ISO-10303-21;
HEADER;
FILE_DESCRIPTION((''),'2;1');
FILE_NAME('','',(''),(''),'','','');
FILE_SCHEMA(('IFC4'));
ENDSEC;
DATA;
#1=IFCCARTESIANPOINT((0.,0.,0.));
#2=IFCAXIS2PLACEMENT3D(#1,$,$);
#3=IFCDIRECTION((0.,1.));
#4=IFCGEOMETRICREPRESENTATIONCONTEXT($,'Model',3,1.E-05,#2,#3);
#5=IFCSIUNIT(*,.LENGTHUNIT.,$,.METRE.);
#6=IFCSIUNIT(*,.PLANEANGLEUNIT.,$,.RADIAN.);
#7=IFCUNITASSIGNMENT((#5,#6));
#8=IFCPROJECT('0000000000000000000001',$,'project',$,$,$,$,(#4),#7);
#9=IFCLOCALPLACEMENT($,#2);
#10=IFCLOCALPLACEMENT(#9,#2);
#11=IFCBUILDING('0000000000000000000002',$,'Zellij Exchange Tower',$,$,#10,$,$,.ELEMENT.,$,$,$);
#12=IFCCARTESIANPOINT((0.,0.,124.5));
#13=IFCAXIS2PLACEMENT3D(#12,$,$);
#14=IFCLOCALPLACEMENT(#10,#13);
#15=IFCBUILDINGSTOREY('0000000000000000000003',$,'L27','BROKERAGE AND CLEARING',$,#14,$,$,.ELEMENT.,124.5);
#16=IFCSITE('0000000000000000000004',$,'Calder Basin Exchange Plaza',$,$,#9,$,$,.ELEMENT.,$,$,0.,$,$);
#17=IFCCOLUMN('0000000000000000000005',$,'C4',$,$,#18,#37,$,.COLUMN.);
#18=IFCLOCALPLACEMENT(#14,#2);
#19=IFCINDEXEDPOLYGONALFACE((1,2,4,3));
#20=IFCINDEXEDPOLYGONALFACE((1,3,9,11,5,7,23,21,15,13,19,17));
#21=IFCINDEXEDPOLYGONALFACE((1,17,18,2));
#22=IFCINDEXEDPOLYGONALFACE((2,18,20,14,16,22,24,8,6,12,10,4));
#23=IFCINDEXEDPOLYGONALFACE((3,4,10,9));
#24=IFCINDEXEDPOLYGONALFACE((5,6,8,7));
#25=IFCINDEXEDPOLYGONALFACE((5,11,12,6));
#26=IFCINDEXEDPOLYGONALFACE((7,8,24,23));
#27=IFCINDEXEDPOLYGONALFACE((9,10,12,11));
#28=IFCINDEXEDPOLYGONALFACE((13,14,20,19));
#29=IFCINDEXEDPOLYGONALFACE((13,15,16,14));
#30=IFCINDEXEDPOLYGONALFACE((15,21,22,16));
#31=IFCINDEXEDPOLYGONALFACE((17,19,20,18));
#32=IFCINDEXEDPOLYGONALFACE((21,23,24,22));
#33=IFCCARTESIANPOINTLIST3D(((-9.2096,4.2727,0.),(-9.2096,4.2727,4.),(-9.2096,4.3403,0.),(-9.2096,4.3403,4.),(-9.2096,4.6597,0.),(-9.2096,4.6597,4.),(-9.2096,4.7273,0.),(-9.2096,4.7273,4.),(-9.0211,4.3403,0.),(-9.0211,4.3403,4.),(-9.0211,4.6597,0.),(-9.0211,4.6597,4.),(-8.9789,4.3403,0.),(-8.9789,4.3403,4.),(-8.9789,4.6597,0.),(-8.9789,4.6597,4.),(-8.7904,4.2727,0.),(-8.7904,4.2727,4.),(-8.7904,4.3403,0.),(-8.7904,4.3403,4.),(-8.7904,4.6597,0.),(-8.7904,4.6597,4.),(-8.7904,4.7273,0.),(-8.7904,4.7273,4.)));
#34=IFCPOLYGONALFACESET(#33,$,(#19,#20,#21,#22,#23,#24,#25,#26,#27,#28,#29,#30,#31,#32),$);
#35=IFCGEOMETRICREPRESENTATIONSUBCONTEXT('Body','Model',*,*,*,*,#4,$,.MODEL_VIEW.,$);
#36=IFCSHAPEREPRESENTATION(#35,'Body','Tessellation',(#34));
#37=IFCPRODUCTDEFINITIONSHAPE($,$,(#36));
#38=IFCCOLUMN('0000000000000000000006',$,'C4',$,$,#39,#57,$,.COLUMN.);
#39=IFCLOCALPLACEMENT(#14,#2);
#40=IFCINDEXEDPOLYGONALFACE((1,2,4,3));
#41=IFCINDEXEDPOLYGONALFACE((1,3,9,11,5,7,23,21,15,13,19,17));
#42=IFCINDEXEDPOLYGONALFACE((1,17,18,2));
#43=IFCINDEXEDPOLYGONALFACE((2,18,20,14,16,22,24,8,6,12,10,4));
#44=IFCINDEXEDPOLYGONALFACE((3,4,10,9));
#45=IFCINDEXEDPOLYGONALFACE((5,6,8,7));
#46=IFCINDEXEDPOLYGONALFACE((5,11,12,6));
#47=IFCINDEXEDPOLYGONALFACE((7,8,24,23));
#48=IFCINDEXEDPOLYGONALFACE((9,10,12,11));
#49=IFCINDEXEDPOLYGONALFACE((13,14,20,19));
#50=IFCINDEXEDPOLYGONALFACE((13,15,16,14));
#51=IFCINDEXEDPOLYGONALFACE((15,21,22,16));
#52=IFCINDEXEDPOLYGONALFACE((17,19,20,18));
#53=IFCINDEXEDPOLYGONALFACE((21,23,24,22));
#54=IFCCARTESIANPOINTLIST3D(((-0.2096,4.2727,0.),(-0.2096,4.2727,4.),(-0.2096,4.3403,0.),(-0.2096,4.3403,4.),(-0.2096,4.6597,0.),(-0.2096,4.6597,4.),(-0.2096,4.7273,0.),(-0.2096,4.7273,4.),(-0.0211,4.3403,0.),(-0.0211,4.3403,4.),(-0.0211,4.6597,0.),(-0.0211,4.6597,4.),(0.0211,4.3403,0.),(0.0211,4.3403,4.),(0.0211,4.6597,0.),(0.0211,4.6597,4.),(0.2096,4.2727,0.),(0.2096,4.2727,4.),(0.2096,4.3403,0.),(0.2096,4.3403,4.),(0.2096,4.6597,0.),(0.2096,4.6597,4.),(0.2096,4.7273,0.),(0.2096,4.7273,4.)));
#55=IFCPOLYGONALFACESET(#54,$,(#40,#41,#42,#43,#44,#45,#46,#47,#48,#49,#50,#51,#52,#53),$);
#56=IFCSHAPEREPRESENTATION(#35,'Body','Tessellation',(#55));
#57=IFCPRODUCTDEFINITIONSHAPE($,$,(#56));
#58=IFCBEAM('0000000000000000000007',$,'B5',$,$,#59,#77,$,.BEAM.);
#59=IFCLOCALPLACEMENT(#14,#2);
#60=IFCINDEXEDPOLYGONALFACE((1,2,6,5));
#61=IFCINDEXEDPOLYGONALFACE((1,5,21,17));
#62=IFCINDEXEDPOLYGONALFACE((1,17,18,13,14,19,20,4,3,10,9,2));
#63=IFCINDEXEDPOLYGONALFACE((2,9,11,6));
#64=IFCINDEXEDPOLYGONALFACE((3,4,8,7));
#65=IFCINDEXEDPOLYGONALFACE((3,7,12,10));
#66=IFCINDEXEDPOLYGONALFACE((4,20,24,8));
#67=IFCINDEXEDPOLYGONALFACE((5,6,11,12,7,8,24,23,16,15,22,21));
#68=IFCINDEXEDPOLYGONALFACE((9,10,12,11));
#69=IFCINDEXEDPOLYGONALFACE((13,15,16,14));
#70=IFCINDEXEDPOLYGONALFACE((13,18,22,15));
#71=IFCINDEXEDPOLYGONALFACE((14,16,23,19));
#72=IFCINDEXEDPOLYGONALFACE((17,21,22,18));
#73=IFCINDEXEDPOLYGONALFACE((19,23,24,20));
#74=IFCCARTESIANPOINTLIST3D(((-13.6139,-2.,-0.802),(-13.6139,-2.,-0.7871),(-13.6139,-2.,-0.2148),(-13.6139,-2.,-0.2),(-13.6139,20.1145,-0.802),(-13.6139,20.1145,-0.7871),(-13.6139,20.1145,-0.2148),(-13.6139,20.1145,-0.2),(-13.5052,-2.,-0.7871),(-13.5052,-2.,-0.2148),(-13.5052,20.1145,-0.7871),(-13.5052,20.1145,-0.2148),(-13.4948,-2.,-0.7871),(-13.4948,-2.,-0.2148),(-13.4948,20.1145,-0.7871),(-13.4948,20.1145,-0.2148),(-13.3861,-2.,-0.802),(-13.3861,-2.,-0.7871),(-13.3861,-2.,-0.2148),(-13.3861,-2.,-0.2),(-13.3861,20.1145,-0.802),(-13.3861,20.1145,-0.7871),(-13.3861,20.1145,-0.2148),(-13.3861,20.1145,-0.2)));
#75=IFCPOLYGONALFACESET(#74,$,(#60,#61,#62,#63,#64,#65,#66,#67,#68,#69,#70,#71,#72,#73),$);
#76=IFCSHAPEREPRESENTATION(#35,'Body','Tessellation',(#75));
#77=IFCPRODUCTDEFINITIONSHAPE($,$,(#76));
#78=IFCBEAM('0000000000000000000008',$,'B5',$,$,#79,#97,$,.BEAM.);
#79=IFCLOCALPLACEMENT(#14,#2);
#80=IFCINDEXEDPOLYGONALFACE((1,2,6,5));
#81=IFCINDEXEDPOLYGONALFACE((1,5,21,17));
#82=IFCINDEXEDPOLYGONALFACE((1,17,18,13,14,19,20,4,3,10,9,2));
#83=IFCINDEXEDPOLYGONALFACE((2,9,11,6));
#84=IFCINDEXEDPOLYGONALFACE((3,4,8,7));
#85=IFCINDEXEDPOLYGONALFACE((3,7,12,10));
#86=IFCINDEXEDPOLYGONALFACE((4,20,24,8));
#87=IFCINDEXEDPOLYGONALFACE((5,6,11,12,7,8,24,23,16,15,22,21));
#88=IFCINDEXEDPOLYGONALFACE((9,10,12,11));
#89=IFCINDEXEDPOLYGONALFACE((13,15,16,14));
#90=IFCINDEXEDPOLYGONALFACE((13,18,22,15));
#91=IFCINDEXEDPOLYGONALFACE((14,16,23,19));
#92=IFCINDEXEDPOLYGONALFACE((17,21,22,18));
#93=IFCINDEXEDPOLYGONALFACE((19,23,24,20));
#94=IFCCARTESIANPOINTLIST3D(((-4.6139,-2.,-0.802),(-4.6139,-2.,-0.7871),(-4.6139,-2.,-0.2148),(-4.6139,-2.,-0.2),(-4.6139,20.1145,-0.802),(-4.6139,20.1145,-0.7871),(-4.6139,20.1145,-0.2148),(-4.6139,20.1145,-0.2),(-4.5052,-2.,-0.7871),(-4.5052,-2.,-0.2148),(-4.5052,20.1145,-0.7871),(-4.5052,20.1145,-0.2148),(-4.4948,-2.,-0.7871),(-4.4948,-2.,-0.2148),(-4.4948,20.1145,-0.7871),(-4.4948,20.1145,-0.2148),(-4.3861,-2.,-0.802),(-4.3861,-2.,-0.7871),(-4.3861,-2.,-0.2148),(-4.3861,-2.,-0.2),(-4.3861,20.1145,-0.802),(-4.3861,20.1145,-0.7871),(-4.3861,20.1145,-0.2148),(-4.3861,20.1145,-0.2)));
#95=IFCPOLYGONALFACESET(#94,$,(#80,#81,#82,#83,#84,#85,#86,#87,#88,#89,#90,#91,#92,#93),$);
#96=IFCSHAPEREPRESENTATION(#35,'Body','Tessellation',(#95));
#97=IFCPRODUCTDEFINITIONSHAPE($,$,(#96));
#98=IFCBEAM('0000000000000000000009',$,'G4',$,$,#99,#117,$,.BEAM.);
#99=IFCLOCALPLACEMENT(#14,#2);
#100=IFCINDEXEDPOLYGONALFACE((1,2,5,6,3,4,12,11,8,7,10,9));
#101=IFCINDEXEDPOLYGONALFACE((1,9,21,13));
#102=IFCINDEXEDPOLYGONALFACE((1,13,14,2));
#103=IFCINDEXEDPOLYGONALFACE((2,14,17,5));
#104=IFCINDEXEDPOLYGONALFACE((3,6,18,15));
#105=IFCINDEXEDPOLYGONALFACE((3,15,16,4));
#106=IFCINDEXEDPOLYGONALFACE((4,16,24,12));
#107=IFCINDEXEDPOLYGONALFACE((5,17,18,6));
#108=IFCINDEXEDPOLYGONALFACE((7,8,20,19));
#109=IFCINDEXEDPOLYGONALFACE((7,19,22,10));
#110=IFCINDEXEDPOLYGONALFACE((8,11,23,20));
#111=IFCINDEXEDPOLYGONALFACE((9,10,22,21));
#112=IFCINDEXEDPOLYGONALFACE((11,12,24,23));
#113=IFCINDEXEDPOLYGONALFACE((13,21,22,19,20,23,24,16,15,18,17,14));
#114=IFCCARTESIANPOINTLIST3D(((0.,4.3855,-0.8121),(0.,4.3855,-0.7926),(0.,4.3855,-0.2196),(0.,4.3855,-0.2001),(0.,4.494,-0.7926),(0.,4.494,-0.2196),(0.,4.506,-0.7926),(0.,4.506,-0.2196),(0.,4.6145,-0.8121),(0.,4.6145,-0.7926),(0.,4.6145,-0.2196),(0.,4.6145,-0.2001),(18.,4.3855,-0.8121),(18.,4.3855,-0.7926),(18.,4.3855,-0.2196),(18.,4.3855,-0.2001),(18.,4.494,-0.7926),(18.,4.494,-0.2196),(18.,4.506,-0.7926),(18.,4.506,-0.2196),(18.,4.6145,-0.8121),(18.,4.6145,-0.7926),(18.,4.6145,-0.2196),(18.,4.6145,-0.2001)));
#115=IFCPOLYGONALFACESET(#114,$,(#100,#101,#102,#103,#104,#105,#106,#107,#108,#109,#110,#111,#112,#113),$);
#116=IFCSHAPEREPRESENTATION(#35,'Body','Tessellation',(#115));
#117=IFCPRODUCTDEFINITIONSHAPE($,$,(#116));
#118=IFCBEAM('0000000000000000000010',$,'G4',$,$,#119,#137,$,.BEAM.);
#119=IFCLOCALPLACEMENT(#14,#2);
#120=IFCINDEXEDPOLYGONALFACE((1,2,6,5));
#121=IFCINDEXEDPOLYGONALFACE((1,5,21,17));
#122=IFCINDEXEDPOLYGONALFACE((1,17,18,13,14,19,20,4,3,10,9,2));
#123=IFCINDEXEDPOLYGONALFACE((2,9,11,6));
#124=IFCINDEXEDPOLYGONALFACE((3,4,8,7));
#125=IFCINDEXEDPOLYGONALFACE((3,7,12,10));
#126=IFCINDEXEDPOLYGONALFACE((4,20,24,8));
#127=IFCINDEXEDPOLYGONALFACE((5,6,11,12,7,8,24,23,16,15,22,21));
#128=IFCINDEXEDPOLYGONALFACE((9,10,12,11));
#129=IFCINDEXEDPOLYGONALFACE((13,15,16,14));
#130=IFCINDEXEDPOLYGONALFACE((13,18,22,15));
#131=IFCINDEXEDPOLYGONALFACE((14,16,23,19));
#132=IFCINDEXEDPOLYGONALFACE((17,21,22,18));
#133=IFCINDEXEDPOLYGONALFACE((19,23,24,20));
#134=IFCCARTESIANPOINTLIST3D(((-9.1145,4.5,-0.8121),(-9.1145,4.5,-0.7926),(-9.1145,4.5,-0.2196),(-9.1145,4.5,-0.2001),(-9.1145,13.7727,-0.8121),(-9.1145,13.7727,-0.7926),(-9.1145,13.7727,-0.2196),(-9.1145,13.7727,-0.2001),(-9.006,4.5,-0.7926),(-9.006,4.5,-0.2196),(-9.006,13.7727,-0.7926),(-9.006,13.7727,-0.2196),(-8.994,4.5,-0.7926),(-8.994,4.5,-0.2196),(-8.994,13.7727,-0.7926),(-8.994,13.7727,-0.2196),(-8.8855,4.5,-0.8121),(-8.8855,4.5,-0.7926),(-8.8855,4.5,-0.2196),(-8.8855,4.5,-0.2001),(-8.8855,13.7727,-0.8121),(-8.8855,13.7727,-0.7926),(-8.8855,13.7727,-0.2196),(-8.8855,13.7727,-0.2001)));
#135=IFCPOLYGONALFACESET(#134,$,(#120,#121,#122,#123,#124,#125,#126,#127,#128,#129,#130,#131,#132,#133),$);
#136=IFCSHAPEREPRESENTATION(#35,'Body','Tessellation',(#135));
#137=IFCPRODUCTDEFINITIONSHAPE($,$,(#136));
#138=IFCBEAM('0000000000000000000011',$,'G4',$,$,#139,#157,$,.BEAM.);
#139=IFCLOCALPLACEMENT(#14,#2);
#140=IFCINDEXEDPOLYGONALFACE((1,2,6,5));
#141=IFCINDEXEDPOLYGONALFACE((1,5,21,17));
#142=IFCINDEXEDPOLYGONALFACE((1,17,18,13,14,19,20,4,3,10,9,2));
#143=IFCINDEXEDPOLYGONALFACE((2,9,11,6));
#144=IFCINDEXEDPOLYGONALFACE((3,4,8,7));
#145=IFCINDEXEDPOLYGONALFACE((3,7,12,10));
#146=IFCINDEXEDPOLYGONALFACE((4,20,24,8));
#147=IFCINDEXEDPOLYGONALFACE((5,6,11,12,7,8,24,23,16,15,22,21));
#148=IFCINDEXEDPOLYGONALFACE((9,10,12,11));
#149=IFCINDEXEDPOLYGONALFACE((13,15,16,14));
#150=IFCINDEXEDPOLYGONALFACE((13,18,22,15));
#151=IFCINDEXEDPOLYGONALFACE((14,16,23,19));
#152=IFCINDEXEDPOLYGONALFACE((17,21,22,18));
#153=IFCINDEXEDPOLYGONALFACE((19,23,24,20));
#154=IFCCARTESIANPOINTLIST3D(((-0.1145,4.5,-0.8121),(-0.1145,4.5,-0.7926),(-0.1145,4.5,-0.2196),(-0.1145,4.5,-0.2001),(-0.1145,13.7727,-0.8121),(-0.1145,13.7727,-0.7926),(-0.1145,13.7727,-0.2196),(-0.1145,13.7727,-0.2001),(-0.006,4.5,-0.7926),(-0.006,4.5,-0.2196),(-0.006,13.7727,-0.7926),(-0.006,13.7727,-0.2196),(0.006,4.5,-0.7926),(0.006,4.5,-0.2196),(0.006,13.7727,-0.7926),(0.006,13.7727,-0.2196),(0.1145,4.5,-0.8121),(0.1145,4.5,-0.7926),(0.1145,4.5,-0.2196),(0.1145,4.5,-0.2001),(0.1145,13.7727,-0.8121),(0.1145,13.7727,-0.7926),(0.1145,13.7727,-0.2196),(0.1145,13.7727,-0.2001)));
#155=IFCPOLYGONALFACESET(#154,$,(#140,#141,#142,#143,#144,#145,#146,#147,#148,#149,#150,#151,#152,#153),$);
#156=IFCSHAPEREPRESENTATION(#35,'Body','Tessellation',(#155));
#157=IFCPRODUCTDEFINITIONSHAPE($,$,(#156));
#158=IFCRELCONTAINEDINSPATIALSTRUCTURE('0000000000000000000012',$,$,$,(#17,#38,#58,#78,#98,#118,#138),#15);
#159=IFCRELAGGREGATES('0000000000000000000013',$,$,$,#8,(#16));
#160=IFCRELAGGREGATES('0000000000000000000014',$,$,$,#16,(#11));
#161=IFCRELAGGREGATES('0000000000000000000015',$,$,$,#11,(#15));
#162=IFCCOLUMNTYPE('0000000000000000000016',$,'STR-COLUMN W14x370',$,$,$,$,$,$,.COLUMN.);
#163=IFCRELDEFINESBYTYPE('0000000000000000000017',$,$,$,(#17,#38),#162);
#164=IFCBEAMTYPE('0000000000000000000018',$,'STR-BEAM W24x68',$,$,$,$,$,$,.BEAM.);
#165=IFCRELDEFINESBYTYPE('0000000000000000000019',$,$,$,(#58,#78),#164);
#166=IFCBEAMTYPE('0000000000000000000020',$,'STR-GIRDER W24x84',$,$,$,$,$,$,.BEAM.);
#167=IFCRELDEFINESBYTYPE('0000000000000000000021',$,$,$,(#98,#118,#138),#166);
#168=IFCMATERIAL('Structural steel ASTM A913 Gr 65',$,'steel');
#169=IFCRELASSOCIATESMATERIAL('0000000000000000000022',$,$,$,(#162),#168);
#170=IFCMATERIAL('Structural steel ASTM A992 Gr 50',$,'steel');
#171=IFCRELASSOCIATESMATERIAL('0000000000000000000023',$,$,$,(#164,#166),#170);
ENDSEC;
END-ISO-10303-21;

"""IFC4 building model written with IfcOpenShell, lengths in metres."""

from ifc_helpers import new_model, si_unit, direction, frame, origin, origin_2d, place, context, subcontext, project, spatial, i_section, extrude, material, material_profile, profile_set, type_object, element, save


model = new_model("IFC4")

# Units and contexts
model_context = context("Model", 3, precision=1e-05, world=origin(), true_north=direction((0.0, 1.0)))
body_context = subcontext(model_context, "Body", "Model", "MODEL_VIEW")
ifc_project = project(units=[si_unit("LENGTHUNIT", "METRE"), si_unit("PLANEANGLEUNIT", "RADIAN")], contexts=[model_context])

# Site, building, storey
site_placement = place(None, origin())
site = spatial("IfcSite", under=ifc_project, at=site_placement, Name="Calder Basin Exchange Plaza", CompositionType="ELEMENT", RefElevation=0.0)
building_placement = place(site_placement, origin())
building = spatial("IfcBuilding", under=site, at=building_placement, Name="Zellij Exchange Tower", CompositionType="ELEMENT")
storey_placement = place(building_placement, frame((0.0, 0.0, 124.5)))
storey = spatial("IfcBuildingStorey", under=building, at=storey_placement, Name="L27", Description="BROKERAGE AND CLEARING", CompositionType="ELEMENT", Elevation=124.5)

# Columns
ifc_material_1 = material(Name="Structural steel ASTM A913 Gr 65", Category="steel")
ifc_material_profile_1 = material_profile(ifc_material_1, i_section(OverallWidth=0.4192, OverallDepth=0.4546, WebThickness=0.0422, FlangeThickness=0.0676, at=origin_2d()), Name="W14x370")
ifc_profile_set_1 = profile_set([ifc_material_profile_1], Name="Structural steel ASTM A913 Gr 65")
column_type = type_object("IfcColumnType", Name="STR-COLUMN W14x370", PredefinedType="COLUMN", material=ifc_profile_set_1)
for number, where, z_axis, x_axis, name in (
    (1, (-9.0, 4.5, 0.0), (0.0, 0.0, 1.0), (1.0, 0.0, 0.0), "C4"),
    (2, (0.0, 4.5, 0.0), (0.0, 0.0, 1.0), (1.0, 0.0, 0.0), "C4"),
):
    element("IfcColumn", number, at=place(storey_placement, frame(where, z_axis=z_axis, x_axis=x_axis)), inside=storey, type_object=column_type, Name=name, PredefinedType="COLUMN", context=body_context, shape_type="SweptSolid", body=[
        extrude(i_section(OverallWidth=0.4192, OverallDepth=0.4546, WebThickness=0.0422, FlangeThickness=0.0676, at=origin_2d()), origin(), (0.0, 0.0, 1.0), 4.0),
    ])

# Beams
ifc_material_2 = material(Name="Structural steel ASTM A992 Gr 50", Category="steel")
ifc_material_profile_2 = material_profile(ifc_material_2, i_section(OverallWidth=0.2278, OverallDepth=0.6021, WebThickness=0.0105, FlangeThickness=0.0149, at=origin_2d()), Name="W24x68")
ifc_profile_set_2 = profile_set([ifc_material_profile_2], Name="Structural steel ASTM A992 Gr 50")
beam_type_1 = type_object("IfcBeamType", Name="STR-BEAM W24x68", PredefinedType="BEAM", material=ifc_profile_set_2)
for number, where, z_axis, x_axis, name in (
    (3, (-13.5, -2.0, -0.501), (0.0, 1.0, 0.0), (-1.0, 0.0, 0.0), "B5"),
    (4, (-4.5, -2.0, -0.501), (0.0, 1.0, 0.0), (-1.0, 0.0, 0.0), "B5"),
):
    element("IfcBeam", number, at=place(storey_placement, frame(where, z_axis=z_axis, x_axis=x_axis)), inside=storey, type_object=beam_type_1, Name=name, PredefinedType="BEAM", context=body_context, shape_type="SweptSolid", body=[
        extrude(i_section(OverallWidth=0.2278, OverallDepth=0.6021, WebThickness=0.0105, FlangeThickness=0.0149, at=origin_2d()), origin(), (0.0, 0.0, 1.0), 22.1145),
    ])
ifc_material_profile_3 = material_profile(ifc_material_2, i_section(OverallWidth=0.229, OverallDepth=0.6121, WebThickness=0.012, FlangeThickness=0.0195, at=origin_2d()), Name="W24x84")
ifc_profile_set_3 = profile_set([ifc_material_profile_3], Name="Structural steel ASTM A992 Gr 50")
beam_type_2 = type_object("IfcBeamType", Name="STR-GIRDER W24x84", PredefinedType="BEAM", material=ifc_profile_set_3)
beam_placement = place(storey_placement, frame((0.0, 4.5, -0.5061), z_axis=(1.0, 0.0, 0.0), x_axis=(0.0, 1.0, 0.0)))
element("IfcBeam", 5, at=beam_placement, inside=storey, type_object=beam_type_2, Name="G4", PredefinedType="BEAM", context=body_context, shape_type="SweptSolid", body=[
    extrude(i_section(OverallWidth=0.229, OverallDepth=0.6121, WebThickness=0.012, FlangeThickness=0.0195, at=origin_2d()), origin(), (0.0, 0.0, 1.0), 18.0),
])
for number, where, z_axis, x_axis, name in (
    (6, (-9.0, 4.5, -0.5061), (0.0, 1.0, 0.0), (-1.0, 0.0, 0.0), "G4"),
    (7, (0.0, 4.5, -0.5061), (0.0, 1.0, 0.0), (-1.0, 0.0, 0.0), "G4"),
):
    element("IfcBeam", number, at=place(storey_placement, frame(where, z_axis=z_axis, x_axis=x_axis)), inside=storey, type_object=beam_type_2, Name=name, PredefinedType="BEAM", context=body_context, shape_type="SweptSolid", body=[
        extrude(i_section(OverallWidth=0.229, OverallDepth=0.6121, WebThickness=0.012, FlangeThickness=0.0195, at=origin_2d()), origin(), (0.0, 0.0, 1.0), 9.2727),
    ])

save(model, "model.ifc")
